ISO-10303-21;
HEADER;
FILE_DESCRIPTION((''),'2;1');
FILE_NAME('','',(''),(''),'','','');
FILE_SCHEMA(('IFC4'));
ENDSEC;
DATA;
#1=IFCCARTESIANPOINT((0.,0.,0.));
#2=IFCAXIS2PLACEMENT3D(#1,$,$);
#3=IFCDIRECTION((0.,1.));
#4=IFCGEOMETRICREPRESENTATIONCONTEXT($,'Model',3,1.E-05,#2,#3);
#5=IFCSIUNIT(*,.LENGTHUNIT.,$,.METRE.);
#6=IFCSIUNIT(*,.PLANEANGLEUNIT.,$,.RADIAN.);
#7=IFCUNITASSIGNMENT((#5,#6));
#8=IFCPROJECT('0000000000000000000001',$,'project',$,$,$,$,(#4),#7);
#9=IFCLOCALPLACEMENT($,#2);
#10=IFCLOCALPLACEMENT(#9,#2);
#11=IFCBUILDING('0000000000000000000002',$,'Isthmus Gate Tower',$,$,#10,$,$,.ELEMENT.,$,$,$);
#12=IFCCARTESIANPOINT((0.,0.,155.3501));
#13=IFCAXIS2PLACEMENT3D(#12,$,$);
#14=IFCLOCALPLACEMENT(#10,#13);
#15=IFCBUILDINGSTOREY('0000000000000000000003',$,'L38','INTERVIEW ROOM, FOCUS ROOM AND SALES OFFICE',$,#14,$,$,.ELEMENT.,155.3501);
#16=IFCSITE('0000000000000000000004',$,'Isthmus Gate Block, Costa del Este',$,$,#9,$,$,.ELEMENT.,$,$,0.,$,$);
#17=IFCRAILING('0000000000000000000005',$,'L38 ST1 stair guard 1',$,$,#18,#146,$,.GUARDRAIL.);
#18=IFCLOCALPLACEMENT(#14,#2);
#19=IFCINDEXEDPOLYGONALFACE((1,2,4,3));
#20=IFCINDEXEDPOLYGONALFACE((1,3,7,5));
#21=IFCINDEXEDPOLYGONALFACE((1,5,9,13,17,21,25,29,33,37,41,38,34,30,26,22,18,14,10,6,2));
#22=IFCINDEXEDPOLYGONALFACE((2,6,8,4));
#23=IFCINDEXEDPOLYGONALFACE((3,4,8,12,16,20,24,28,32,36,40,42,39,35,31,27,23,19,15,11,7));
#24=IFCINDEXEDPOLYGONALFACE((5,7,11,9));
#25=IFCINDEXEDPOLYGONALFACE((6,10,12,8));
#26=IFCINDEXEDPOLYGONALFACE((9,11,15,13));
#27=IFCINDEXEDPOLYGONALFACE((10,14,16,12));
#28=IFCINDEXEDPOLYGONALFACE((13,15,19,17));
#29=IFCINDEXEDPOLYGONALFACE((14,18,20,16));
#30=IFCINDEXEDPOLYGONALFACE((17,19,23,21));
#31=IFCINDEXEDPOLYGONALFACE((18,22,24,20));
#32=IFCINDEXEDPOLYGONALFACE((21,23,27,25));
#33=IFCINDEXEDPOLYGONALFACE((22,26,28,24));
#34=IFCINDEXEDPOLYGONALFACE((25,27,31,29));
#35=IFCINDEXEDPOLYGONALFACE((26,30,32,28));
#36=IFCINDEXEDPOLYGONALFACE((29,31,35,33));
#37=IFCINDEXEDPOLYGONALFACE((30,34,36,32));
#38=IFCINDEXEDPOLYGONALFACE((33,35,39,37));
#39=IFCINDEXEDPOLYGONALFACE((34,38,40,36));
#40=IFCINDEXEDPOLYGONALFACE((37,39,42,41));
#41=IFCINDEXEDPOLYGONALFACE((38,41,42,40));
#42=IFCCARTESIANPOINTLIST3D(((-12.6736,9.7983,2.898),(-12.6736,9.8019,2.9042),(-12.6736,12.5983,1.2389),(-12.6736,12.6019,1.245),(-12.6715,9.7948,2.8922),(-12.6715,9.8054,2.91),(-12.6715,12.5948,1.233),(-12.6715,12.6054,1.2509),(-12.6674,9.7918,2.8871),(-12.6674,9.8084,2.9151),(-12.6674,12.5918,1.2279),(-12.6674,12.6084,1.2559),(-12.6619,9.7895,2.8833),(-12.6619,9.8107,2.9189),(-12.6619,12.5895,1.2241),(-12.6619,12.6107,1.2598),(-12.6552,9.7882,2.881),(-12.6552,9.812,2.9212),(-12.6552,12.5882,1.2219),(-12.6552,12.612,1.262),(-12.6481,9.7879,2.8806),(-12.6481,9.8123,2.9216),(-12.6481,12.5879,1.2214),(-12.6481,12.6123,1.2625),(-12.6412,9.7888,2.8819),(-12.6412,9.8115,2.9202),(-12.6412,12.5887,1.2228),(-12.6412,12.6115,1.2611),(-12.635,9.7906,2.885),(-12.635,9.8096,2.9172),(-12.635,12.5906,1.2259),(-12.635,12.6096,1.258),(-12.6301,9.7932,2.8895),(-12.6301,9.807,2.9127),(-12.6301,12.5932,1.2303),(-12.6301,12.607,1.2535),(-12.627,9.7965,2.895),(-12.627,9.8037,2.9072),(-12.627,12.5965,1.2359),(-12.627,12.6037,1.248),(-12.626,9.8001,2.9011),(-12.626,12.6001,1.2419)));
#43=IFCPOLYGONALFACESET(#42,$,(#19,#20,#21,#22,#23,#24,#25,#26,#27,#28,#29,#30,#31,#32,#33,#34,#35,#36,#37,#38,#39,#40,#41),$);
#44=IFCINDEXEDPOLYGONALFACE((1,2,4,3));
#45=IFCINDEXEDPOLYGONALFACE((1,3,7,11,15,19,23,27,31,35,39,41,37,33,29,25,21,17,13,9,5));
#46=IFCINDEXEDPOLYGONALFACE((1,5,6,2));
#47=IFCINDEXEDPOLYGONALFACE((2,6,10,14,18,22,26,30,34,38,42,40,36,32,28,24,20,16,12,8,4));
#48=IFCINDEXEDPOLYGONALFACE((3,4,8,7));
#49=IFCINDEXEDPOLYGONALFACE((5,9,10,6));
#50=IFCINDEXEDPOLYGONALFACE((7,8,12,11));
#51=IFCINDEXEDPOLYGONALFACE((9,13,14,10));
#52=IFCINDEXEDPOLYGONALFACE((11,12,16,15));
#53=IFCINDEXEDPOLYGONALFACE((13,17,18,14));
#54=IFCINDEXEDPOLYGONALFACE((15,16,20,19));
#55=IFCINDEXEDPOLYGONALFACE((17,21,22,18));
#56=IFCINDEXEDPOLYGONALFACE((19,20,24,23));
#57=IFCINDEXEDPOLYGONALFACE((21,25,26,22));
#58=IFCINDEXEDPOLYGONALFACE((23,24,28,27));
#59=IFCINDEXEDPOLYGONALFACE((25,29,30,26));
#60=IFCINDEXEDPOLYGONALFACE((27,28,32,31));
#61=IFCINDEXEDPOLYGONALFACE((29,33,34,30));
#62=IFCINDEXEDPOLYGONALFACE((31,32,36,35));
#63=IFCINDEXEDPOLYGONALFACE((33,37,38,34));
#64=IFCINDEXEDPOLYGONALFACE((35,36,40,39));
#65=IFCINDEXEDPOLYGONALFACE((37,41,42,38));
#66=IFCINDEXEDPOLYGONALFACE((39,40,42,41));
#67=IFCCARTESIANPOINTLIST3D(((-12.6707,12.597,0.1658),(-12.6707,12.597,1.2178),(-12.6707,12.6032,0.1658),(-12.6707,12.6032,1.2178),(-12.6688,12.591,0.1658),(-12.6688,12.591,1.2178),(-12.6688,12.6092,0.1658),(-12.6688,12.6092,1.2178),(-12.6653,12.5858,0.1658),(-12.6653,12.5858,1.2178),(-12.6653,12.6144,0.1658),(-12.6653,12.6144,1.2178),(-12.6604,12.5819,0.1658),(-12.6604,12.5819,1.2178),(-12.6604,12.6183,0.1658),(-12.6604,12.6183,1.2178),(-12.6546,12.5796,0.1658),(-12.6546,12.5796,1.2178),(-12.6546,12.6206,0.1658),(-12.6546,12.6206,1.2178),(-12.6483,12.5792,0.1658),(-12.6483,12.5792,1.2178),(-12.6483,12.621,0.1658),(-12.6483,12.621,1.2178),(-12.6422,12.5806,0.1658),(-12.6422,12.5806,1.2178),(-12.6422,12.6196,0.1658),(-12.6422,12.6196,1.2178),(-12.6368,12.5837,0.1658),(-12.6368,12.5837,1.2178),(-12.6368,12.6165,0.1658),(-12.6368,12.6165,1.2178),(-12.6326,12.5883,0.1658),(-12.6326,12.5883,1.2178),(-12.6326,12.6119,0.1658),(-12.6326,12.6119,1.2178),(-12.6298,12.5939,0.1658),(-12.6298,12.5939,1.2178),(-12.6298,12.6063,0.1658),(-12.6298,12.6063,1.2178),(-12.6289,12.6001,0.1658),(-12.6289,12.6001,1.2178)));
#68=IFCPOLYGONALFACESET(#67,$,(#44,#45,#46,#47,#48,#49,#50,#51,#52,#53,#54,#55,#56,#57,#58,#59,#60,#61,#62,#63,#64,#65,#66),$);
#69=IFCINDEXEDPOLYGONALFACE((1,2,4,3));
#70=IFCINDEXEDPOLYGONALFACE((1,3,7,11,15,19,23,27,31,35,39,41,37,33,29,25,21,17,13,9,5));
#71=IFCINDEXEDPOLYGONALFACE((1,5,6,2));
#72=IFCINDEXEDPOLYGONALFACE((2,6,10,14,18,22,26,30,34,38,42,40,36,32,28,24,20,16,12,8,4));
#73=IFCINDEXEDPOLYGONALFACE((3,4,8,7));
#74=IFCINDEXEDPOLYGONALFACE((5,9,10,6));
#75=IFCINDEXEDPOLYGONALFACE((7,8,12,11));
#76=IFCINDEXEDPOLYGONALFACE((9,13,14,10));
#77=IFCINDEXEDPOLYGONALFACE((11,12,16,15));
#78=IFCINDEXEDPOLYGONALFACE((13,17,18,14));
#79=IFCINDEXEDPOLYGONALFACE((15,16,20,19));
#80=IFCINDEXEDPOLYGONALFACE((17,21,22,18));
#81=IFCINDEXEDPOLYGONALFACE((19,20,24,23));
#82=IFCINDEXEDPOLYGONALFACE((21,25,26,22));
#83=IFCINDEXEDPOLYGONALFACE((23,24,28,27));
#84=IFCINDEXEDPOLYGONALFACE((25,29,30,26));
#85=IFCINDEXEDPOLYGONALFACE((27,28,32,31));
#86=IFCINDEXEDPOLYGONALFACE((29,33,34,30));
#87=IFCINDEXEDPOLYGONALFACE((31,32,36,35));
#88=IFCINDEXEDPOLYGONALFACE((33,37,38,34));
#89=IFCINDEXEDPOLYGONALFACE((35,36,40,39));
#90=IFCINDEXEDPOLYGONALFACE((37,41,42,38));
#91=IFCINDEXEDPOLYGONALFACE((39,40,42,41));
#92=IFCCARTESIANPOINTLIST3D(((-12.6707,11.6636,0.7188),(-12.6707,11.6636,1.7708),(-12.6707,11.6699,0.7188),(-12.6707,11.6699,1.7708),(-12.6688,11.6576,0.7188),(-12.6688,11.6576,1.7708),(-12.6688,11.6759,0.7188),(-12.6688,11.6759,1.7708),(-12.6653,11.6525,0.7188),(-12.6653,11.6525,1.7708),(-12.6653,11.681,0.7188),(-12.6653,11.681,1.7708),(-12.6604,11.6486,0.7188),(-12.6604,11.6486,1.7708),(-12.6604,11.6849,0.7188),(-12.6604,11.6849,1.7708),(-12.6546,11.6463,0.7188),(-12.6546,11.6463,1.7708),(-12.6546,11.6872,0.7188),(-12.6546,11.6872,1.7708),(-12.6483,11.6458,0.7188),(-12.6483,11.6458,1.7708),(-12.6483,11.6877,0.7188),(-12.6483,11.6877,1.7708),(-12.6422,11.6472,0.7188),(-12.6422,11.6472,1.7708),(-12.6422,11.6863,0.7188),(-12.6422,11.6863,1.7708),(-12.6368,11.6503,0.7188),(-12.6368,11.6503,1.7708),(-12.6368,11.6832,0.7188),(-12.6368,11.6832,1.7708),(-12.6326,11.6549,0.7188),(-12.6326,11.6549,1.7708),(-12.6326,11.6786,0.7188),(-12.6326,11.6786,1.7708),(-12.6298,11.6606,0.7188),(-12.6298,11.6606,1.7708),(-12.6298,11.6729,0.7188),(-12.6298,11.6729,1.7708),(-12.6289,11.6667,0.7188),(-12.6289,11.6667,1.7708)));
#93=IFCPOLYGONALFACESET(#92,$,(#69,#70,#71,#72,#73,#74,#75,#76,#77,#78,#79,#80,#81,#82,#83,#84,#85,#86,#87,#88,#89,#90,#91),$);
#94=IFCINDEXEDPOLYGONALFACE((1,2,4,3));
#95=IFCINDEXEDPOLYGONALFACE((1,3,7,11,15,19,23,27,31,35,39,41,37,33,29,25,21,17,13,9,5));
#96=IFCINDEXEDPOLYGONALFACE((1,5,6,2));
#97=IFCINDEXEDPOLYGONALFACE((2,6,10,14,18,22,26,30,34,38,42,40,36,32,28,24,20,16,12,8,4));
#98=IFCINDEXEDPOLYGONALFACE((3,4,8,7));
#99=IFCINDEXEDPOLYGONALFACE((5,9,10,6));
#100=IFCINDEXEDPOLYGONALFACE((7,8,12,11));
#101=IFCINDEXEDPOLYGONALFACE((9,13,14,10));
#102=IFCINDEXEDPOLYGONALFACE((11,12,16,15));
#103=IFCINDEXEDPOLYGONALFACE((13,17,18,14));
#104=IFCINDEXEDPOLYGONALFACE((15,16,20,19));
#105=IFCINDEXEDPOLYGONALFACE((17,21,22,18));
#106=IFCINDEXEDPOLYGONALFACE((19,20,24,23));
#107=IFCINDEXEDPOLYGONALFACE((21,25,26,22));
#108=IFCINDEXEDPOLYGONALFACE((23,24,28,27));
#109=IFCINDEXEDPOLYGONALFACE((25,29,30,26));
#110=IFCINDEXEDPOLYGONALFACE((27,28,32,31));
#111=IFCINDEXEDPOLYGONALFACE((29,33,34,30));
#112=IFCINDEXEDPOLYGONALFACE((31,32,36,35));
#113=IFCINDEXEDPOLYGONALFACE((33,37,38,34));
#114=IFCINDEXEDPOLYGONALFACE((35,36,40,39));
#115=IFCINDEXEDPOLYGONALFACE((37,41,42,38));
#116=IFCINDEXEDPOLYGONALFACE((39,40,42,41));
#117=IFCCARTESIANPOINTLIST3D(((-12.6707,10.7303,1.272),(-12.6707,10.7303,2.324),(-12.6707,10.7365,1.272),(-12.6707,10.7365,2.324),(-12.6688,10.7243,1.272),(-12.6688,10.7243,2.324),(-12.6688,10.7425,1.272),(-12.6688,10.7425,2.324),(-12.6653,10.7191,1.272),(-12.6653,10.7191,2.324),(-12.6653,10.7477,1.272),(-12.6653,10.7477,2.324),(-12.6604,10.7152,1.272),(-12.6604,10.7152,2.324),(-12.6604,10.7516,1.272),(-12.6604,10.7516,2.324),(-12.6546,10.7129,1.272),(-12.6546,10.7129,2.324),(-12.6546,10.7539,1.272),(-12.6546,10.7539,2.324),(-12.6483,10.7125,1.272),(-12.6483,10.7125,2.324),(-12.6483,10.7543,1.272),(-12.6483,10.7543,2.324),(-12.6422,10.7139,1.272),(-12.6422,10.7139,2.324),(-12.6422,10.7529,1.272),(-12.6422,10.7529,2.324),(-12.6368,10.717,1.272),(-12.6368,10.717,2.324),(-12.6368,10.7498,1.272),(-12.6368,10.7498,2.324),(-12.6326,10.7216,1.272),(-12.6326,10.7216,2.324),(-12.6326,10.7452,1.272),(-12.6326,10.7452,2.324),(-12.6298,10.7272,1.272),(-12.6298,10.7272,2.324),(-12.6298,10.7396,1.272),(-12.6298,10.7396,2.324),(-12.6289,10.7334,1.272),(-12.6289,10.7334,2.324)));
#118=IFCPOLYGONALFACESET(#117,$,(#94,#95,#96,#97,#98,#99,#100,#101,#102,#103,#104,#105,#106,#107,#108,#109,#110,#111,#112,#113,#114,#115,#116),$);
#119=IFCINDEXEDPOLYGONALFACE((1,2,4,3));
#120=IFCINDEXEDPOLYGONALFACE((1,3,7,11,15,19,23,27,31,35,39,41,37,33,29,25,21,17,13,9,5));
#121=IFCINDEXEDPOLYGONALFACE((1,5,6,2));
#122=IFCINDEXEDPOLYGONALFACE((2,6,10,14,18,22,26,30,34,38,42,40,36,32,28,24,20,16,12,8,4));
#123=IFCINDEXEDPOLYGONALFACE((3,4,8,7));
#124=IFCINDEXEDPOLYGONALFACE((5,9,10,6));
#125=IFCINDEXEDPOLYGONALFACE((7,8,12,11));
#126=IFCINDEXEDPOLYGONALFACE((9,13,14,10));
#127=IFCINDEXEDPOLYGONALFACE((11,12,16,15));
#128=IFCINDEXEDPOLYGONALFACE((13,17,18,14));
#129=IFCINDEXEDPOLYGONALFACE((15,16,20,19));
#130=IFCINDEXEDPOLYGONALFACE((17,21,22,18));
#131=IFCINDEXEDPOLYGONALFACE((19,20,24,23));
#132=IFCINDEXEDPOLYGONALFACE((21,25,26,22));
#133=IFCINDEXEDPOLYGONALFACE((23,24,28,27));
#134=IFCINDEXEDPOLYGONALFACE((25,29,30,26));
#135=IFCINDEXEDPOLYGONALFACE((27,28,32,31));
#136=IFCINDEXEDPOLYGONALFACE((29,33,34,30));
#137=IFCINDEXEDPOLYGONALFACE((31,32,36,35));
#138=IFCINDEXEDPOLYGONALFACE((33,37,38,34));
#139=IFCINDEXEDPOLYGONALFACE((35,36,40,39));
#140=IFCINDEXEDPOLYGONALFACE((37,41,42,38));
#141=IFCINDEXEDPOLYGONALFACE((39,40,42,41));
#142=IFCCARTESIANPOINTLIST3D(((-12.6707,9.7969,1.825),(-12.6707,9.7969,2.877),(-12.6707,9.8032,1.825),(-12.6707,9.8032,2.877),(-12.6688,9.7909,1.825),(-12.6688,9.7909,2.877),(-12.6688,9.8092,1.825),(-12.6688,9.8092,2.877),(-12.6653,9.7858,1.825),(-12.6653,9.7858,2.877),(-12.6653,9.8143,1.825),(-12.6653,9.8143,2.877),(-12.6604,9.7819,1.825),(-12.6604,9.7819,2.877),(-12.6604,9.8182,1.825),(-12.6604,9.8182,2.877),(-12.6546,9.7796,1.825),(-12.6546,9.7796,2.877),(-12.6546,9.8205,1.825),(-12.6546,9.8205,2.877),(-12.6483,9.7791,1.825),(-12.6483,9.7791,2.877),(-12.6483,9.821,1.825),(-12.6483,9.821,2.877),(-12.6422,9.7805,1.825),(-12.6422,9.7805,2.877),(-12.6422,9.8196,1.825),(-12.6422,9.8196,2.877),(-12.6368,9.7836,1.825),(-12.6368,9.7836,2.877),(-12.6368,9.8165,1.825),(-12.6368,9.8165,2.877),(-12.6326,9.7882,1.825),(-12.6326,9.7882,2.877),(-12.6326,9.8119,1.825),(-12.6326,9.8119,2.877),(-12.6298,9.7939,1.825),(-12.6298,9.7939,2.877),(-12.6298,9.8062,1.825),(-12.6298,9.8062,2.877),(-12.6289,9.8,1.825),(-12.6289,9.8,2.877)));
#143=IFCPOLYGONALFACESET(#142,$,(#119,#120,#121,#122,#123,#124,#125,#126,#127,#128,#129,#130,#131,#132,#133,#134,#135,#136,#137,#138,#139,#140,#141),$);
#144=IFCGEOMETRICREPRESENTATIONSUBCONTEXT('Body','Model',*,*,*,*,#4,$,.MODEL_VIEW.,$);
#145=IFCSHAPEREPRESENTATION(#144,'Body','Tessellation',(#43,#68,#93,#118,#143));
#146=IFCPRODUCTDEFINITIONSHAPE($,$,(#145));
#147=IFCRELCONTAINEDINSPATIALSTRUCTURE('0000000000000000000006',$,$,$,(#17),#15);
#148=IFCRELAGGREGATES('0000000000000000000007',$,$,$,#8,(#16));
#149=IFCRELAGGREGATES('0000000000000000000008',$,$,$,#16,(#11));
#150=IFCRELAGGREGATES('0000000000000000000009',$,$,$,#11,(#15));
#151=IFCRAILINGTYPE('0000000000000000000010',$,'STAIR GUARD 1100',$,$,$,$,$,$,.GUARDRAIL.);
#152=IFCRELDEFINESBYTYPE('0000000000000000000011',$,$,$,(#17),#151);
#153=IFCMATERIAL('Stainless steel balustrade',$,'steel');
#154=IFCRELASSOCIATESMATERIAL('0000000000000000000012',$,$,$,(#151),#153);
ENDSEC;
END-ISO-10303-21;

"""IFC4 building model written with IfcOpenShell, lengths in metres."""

from ifc_helpers import new_model, si_unit, direction, frame, origin, origin_2d, place, context, subcontext, project, spatial, circle, extrude, material, type_object, element, save


model = new_model("IFC4")

# Units and contexts
model_context = context("Model", 3, precision=1e-05, world=origin(), true_north=direction((0.0, 1.0)))
body_context = subcontext(model_context, "Body", "Model", "MODEL_VIEW")
ifc_project = project(units=[si_unit("LENGTHUNIT", "METRE"), si_unit("PLANEANGLEUNIT", "RADIAN")], contexts=[model_context])

# Site, building, storey
site_placement = place(None, origin())
site = spatial("IfcSite", under=ifc_project, at=site_placement, Name="Isthmus Gate Block, Costa del Este", CompositionType="ELEMENT", RefElevation=0.0)
building_placement = place(site_placement, origin())
building = spatial("IfcBuilding", under=site, at=building_placement, Name="Isthmus Gate Tower", CompositionType="ELEMENT")
storey_placement = place(building_placement, frame((0.0, 0.0, 155.3501)))
storey = spatial("IfcBuildingStorey", under=building, at=storey_placement, Name="L38", Description="INTERVIEW ROOM, FOCUS ROOM AND SALES OFFICE", CompositionType="ELEMENT", Elevation=155.3501)

# Railing
ifc_material_1 = material(Name="Stainless steel balustrade", Category="steel")
railing_type_1 = type_object("IfcRailingType", Name="STAIR GUARD 1100", PredefinedType="GUARDRAIL", material=ifc_material_1)
railing_1_placement = place(storey_placement, frame((-12.6499, 12.6001, 0.1658)))
element("IfcRailing", 1, at=railing_1_placement, inside=storey, type_object=railing_type_1, Name="L38 ST1 stair guard 1", PredefinedType="GUARDRAIL", context=body_context, shape_type="SweptSolid", body=[
    extrude(circle(Radius=0.0239, at=origin_2d()), frame((0.0, 0.0, 1.0762), z_axis=(0.0, -0.860306, 0.509778), x_axis=(1.0, 0.0, 0.0)), (0.0, 0.0, 1.0), 3.2546),
    extrude(circle(Radius=0.021, at=origin_2d()), origin(), (0.0, 0.0, 1.0), 1.052),
    extrude(circle(Radius=0.021, at=origin_2d()), frame((0.0, -0.9333, 0.553)), (0.0, 0.0, 1.0), 1.052),
    extrude(circle(Radius=0.021, at=origin_2d()), frame((0.0, -1.8667, 1.1062)), (0.0, 0.0, 1.0), 1.052),
    extrude(circle(Radius=0.021, at=origin_2d()), frame((0.0, -2.8, 1.6592)), (0.0, 0.0, 1.0), 1.052),
])

save(model, "model.ifc")
